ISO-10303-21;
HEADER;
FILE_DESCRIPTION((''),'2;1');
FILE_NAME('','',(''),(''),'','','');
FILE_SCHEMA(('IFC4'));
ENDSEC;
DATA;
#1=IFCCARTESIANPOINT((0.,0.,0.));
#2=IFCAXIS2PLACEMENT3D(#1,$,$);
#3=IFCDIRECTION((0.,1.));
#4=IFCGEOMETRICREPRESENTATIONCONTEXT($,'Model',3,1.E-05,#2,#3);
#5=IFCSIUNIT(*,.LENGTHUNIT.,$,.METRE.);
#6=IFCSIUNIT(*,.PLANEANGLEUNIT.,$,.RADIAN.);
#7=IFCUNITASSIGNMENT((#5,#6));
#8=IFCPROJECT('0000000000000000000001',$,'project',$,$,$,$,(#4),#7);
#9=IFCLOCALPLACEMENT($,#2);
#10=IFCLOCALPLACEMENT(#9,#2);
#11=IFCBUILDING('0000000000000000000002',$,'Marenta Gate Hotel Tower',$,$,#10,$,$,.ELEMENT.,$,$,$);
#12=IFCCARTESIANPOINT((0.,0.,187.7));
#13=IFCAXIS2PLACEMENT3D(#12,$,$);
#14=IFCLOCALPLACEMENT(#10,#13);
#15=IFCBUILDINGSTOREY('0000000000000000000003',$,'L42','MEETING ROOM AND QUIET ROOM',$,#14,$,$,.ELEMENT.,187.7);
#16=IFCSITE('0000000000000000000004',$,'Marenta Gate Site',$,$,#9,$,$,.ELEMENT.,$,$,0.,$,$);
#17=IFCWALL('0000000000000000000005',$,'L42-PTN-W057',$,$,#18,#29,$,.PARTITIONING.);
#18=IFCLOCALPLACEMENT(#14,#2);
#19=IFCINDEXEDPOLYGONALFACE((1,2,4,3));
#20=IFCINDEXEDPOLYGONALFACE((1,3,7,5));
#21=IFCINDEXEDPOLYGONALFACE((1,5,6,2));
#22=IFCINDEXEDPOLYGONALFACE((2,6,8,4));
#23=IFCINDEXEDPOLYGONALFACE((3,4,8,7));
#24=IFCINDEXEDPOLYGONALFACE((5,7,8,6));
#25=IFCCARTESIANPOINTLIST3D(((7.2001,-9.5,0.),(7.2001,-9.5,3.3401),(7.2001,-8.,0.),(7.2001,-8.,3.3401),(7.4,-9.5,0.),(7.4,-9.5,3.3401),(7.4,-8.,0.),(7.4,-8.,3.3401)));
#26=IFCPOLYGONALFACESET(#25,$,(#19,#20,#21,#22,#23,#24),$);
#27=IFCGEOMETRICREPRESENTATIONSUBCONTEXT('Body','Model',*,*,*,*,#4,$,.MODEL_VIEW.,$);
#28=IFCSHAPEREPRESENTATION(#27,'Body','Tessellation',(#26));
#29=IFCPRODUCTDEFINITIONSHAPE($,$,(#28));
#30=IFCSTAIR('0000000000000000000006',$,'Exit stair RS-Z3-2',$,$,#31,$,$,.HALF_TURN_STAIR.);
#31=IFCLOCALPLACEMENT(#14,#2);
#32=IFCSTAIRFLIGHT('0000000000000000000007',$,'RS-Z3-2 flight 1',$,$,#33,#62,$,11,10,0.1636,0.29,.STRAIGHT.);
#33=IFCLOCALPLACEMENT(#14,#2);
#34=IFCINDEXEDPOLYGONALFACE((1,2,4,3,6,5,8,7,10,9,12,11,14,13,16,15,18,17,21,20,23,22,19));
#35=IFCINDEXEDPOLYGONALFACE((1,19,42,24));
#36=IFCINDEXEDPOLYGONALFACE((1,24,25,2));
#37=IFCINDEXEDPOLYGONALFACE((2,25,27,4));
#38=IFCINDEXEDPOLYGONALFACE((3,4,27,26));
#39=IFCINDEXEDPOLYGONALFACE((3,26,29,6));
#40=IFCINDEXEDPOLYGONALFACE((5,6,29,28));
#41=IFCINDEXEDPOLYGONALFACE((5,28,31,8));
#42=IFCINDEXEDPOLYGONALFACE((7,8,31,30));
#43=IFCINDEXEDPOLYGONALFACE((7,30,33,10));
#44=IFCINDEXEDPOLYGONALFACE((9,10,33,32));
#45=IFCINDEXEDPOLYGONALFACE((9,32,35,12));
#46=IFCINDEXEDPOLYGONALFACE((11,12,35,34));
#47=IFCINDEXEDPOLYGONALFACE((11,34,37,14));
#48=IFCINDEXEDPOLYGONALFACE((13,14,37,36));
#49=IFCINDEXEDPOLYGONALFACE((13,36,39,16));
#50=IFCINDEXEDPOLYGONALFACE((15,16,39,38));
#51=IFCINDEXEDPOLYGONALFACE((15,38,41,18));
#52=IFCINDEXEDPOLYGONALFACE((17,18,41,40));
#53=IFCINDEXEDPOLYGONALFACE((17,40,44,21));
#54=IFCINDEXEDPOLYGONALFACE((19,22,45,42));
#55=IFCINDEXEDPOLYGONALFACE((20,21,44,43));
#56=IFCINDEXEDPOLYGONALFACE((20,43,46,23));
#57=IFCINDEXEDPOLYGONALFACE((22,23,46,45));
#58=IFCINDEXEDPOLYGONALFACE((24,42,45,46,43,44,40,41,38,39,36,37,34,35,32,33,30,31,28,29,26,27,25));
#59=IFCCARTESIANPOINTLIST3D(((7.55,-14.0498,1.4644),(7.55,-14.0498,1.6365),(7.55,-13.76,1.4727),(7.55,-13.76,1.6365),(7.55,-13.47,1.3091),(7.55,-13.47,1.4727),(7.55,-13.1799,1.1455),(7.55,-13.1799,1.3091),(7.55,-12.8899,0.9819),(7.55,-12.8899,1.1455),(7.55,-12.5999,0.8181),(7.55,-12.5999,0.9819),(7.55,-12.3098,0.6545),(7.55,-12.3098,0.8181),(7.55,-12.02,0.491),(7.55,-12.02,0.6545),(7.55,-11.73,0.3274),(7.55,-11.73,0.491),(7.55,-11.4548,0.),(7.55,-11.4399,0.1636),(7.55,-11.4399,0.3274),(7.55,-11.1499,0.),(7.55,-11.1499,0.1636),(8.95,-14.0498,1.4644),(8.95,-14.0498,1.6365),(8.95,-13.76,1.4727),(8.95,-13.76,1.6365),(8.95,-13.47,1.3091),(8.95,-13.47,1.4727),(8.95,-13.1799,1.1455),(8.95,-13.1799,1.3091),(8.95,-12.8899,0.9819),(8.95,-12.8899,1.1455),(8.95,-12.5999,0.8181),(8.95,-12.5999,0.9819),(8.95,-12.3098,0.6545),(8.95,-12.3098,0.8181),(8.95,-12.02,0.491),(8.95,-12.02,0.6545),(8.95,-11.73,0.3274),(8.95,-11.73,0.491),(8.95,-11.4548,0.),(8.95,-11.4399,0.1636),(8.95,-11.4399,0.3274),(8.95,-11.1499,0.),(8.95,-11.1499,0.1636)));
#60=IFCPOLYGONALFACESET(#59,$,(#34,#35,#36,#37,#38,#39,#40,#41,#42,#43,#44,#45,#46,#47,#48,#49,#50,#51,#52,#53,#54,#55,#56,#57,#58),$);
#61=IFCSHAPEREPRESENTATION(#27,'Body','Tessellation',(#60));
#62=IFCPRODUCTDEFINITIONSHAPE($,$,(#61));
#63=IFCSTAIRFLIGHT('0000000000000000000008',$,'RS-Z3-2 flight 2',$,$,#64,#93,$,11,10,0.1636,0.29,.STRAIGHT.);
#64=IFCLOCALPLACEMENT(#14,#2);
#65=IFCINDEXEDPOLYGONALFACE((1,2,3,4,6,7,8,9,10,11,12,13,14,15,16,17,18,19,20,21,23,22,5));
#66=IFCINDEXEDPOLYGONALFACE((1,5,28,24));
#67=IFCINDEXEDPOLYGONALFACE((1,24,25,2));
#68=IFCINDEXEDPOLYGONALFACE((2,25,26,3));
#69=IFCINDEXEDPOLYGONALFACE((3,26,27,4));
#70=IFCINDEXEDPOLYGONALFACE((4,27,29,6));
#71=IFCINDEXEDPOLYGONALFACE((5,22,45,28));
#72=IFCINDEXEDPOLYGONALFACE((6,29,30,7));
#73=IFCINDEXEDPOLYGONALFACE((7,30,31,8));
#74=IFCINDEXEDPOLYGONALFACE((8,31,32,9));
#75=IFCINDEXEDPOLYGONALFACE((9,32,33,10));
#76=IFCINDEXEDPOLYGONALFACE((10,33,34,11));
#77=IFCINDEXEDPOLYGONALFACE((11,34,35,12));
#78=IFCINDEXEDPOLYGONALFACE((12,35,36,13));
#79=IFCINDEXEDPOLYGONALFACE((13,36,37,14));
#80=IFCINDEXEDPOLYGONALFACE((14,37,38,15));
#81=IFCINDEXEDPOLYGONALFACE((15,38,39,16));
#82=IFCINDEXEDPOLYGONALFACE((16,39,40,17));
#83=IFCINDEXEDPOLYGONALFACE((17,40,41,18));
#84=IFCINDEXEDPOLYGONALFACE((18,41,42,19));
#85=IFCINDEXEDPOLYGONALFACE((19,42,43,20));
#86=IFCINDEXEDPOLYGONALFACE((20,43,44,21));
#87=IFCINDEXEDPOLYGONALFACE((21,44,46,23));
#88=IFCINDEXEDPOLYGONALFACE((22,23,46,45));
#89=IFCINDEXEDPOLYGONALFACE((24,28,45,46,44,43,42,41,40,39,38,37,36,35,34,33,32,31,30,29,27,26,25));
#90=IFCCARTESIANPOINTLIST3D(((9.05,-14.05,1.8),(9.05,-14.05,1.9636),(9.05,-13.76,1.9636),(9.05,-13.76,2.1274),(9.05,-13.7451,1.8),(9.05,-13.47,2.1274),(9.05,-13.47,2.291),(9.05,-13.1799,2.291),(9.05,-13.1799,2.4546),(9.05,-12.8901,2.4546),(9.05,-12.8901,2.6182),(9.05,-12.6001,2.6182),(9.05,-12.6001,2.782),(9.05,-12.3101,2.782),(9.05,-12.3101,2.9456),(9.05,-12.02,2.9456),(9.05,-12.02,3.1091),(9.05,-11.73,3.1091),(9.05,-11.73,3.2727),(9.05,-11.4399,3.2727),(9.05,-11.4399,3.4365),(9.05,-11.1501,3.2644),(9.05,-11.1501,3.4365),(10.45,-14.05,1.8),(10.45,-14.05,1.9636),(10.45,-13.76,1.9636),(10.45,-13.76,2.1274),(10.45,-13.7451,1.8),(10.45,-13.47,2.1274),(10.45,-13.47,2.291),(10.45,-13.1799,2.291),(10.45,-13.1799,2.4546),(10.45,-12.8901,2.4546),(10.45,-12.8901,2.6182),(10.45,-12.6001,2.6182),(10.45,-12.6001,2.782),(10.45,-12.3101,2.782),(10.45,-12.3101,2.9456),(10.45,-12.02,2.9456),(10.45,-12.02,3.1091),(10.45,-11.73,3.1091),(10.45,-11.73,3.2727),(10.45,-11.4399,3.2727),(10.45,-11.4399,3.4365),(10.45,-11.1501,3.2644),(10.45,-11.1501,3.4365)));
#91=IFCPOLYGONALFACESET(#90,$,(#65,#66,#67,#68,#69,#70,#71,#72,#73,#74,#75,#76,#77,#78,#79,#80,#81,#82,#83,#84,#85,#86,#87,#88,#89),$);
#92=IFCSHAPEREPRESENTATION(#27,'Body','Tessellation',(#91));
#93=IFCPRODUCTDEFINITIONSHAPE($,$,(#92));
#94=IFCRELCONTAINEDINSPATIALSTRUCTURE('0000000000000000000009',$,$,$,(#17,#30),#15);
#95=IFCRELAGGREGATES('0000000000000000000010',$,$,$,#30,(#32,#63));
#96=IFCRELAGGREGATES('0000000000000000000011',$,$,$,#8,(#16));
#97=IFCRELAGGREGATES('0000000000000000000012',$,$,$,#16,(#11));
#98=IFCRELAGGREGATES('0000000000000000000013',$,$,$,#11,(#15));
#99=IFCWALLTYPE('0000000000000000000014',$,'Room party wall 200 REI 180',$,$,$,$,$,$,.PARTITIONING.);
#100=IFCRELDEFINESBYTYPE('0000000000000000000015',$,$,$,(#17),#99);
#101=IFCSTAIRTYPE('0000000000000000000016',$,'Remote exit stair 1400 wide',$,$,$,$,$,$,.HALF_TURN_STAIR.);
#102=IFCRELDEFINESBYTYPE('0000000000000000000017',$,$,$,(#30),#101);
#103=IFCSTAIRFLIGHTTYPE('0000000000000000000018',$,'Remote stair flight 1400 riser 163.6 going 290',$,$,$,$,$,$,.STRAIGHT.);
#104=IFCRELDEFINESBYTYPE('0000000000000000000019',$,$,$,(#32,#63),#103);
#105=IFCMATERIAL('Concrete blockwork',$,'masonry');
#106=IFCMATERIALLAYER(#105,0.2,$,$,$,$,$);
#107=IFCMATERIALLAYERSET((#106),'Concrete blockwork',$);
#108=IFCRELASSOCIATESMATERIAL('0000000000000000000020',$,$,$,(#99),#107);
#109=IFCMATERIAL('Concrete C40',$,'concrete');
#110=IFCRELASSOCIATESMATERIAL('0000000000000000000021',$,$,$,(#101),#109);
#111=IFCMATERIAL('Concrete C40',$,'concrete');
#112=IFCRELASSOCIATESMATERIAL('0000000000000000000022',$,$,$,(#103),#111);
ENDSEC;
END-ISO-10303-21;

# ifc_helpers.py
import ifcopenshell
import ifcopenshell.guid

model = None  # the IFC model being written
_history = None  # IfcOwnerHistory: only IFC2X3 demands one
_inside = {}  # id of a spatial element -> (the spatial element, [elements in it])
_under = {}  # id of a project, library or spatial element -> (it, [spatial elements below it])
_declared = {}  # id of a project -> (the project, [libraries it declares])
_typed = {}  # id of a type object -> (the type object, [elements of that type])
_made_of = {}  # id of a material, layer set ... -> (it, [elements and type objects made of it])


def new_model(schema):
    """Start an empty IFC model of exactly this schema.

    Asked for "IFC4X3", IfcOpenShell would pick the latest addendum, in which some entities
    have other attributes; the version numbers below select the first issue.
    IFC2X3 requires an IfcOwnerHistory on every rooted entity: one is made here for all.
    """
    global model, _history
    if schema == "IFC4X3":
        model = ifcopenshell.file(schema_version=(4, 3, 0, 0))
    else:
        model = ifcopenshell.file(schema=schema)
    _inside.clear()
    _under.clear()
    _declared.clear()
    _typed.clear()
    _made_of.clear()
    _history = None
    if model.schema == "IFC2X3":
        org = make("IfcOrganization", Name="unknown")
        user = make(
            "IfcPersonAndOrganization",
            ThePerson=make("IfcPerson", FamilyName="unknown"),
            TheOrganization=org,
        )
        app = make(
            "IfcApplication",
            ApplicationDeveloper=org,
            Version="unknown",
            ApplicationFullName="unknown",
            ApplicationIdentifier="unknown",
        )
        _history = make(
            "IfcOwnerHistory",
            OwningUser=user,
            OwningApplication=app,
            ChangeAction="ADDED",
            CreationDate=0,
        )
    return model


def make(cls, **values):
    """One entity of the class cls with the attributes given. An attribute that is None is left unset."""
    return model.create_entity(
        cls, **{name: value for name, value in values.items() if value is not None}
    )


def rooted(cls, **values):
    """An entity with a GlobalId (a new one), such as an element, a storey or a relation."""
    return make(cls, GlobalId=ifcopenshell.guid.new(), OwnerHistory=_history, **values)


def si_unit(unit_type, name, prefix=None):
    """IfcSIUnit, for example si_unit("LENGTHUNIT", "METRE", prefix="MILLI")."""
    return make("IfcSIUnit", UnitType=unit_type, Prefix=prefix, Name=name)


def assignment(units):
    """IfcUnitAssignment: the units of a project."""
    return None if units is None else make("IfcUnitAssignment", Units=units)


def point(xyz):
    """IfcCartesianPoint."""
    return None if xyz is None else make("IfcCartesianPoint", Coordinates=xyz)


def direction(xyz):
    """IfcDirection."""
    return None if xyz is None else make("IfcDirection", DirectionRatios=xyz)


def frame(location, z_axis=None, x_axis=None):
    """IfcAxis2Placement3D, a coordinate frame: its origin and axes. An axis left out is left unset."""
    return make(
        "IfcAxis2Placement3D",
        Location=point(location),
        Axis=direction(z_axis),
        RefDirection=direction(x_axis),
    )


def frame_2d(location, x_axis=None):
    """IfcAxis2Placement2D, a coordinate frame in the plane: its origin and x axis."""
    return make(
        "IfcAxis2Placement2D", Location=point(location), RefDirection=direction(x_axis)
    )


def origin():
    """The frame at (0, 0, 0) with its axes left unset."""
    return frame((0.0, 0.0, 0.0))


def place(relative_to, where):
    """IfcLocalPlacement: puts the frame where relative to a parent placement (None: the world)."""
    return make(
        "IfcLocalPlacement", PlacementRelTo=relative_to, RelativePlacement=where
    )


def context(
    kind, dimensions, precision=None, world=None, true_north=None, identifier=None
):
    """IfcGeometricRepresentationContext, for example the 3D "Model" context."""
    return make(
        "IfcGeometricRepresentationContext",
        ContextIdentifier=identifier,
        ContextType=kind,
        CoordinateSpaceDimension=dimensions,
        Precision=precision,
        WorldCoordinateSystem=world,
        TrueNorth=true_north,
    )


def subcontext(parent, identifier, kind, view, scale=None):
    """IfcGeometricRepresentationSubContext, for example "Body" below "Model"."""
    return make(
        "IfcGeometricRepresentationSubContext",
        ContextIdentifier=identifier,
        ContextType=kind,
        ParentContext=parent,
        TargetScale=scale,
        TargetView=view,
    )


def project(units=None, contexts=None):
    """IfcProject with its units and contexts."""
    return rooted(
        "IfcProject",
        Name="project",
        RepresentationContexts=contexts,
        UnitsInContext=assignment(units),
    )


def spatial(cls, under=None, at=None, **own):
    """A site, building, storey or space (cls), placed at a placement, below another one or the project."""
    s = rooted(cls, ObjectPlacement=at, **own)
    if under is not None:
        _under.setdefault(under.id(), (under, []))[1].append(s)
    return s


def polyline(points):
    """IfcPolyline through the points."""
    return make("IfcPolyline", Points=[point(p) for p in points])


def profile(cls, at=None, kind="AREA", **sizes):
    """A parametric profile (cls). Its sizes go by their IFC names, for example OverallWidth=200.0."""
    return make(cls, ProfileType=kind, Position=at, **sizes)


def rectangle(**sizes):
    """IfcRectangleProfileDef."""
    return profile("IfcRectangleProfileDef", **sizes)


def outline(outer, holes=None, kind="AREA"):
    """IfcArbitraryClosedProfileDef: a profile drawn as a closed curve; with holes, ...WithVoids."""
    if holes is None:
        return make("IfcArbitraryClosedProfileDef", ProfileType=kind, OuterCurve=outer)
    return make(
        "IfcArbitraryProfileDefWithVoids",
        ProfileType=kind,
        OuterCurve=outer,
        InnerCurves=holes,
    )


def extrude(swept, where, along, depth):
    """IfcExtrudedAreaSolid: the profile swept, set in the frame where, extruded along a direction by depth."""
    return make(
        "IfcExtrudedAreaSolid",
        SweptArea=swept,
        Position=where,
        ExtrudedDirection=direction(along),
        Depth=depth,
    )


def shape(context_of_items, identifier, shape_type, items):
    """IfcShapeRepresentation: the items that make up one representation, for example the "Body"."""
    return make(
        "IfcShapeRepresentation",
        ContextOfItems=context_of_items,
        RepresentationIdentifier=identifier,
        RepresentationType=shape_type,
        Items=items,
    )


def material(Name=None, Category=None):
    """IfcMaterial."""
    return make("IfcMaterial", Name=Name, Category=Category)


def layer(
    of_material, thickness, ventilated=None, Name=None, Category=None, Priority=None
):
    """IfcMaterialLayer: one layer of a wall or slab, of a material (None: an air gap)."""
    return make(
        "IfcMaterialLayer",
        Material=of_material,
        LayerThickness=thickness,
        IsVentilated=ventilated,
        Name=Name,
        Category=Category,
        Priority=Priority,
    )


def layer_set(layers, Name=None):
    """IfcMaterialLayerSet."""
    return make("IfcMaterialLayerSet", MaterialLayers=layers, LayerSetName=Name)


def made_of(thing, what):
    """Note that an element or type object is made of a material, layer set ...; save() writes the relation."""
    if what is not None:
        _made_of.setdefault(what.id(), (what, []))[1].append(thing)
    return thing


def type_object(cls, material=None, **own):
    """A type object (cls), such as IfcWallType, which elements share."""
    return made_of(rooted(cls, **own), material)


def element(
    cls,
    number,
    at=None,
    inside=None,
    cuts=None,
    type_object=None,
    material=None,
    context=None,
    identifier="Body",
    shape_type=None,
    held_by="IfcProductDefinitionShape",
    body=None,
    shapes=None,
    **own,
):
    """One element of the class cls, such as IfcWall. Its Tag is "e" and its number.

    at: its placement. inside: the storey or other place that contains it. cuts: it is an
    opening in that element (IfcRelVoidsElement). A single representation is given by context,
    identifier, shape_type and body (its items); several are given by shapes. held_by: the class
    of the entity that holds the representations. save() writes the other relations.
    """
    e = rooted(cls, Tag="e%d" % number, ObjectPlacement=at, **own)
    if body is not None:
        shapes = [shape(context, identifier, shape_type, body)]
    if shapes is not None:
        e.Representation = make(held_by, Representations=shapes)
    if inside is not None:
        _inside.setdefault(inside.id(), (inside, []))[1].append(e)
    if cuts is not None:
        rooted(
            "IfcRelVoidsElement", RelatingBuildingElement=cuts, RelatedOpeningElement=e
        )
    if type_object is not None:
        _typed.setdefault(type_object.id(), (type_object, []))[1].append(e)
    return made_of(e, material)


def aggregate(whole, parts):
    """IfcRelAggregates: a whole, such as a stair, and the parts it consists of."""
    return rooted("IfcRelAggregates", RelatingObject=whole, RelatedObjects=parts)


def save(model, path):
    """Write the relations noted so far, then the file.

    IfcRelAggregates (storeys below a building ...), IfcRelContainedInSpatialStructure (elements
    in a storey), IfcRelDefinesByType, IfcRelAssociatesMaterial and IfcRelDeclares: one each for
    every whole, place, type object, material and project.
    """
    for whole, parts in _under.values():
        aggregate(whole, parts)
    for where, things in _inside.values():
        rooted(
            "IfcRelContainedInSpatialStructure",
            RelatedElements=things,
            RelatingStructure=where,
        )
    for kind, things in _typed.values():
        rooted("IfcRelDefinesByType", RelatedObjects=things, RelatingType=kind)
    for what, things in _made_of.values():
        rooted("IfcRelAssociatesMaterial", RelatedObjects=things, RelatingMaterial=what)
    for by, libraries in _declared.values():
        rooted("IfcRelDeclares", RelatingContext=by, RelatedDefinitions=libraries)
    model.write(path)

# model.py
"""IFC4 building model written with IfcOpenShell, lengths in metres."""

from ifc_helpers import new_model, si_unit, direction, frame, frame_2d, origin, place, context, subcontext, project, spatial, polyline, rectangle, outline, extrude, material, layer, layer_set, type_object, element, aggregate, save


model = new_model("IFC4")

# Units and contexts
model_context = context("Model", 3, precision=1e-05, world=origin(), true_north=direction((0.0, 1.0)))
body_context = subcontext(model_context, "Body", "Model", "MODEL_VIEW")
ifc_project = project(units=[si_unit("LENGTHUNIT", "METRE"), si_unit("PLANEANGLEUNIT", "RADIAN")], contexts=[model_context])

# Site, building, storey
site_placement = place(None, origin())
site = spatial("IfcSite", under=ifc_project, at=site_placement, Name="Marenta Gate Site", CompositionType="ELEMENT", RefElevation=0.0)
building_placement = place(site_placement, origin())
building = spatial("IfcBuilding", under=site, at=building_placement, Name="Marenta Gate Hotel Tower", CompositionType="ELEMENT")
storey_placement = place(building_placement, frame((0.0, 0.0, 187.7)))
storey = spatial("IfcBuildingStorey", under=building, at=storey_placement, Name="L42", Description="MEETING ROOM AND QUIET ROOM", CompositionType="ELEMENT", Elevation=187.7)

# Wall
ifc_material_1 = material(Name="Concrete blockwork", Category="masonry")
ifc_layer_1 = layer(ifc_material_1, 0.2)
ifc_layer_set_1 = layer_set([ifc_layer_1], Name="Concrete blockwork")
wall_type_1 = type_object("IfcWallType", Name="Room party wall 200 REI 180", PredefinedType="PARTITIONING", material=ifc_layer_set_1)
wall_1_placement = place(storey_placement, frame((7.3, -9.5, 0.0), z_axis=(0.0, 0.0, 1.0), x_axis=(0.0, 1.0, 0.0)))
element("IfcWall", 1, at=wall_1_placement, inside=storey, type_object=wall_type_1, Name="L42-PTN-W057", PredefinedType="PARTITIONING", context=body_context, shape_type="SweptSolid", body=[
    extrude(rectangle(XDim=1.5, YDim=0.2, at=frame_2d((0.75, 0.0))), origin(), (0.0, 0.0, 1.0), 3.3401),
])

# Stair, stair flights
ifc_material_2 = material(Name="Concrete C40", Category="concrete")
stair_type = type_object("IfcStairType", Name="Remote exit stair 1400 wide", PredefinedType="HALF_TURN_STAIR", material=ifc_material_2)
stair_placement = place(storey_placement, origin())
stair = element("IfcStair", 2, at=stair_placement, inside=storey, type_object=stair_type, Name="Exit stair RS-Z3-2", PredefinedType="HALF_TURN_STAIR")
ifc_material_3 = material(Name="Concrete C40", Category="concrete")
stair_flight_type = type_object("IfcStairFlightType", Name="Remote stair flight 1400 riser 163.6 going 290", PredefinedType="STRAIGHT", material=ifc_material_3)
stair_flight_1_placement = place(storey_placement, frame((8.25, -11.1499, 0.0), z_axis=(0.0, 0.0, 1.0), x_axis=(0.0, -1.0, 0.0)))
stair_flight_1 = element("IfcStairFlight", 3, at=stair_flight_1_placement, type_object=stair_flight_type, Name="RS-Z3-2 flight 1", NumberOfRisers=11, NumberOfTreads=10, PredefinedType="STRAIGHT", RiserHeight=0.1636, TreadLength=0.29, context=body_context, shape_type="SweptSolid", body=[
    extrude(outline(polyline([(0.0, 0.0), (0.0, 0.1636), (0.29, 0.1636), (0.29, 0.3274), (0.5801, 0.3274), (0.5801, 0.491), (0.8701, 0.491), (0.8701, 0.6545), (1.1599, 0.6545), (1.1599, 0.8181), (1.45, 0.8181), (1.45, 0.9819), (1.74, 0.9819), (1.74, 1.1455), (2.03, 1.1455), (2.03, 1.3091), (2.3201, 1.3091), (2.3201, 1.4727), (2.6101, 1.4727), (2.6101, 1.6365), (2.8999, 1.6365), (2.8999, 1.8), (2.8999, 1.4644), (0.3049, 0.0), (0.0, 0.0)])), frame((0.0, 0.7, 0.0), z_axis=(0.0, -1.0, 0.0), x_axis=(1.0, 0.0, 0.0)), (0.0, 0.0, 1.0), 1.3999),
])
stair_flight_2_placement = place(storey_placement, frame((9.75, -14.05, 1.8), z_axis=(0.0, 0.0, 1.0), x_axis=(0.0, 1.0, 0.0)))
stair_flight_2 = element("IfcStairFlight", 4, at=stair_flight_2_placement, type_object=stair_flight_type, Name="RS-Z3-2 flight 2", NumberOfRisers=11, NumberOfTreads=10, PredefinedType="STRAIGHT", RiserHeight=0.1636, TreadLength=0.29, context=body_context, shape_type="SweptSolid", body=[
    extrude(outline(polyline([(0.0, 0.0), (0.0, 0.1636), (0.29, 0.1636), (0.29, 0.3274), (0.5801, 0.3274), (0.5801, 0.491), (0.8701, 0.491), (0.8701, 0.6545), (1.1599, 0.6545), (1.1599, 0.8181), (1.45, 0.8181), (1.45, 0.9819), (1.74, 0.9819), (1.74, 1.1455), (2.03, 1.1455), (2.03, 1.3091), (2.3201, 1.3091), (2.3201, 1.4727), (2.6101, 1.4727), (2.6101, 1.6365), (2.8999, 1.6365), (2.8999, 1.8), (2.8999, 1.4644), (0.3049, 0.0), (0.0, 0.0)])), frame((0.0, 0.7, 0.0), z_axis=(0.0, -1.0, 0.0), x_axis=(1.0, 0.0, 0.0)), (0.0, 0.0, 1.0), 1.3999),
])
aggregate(stair, [stair_flight_1, stair_flight_2])

save(model, "model.ifc")
